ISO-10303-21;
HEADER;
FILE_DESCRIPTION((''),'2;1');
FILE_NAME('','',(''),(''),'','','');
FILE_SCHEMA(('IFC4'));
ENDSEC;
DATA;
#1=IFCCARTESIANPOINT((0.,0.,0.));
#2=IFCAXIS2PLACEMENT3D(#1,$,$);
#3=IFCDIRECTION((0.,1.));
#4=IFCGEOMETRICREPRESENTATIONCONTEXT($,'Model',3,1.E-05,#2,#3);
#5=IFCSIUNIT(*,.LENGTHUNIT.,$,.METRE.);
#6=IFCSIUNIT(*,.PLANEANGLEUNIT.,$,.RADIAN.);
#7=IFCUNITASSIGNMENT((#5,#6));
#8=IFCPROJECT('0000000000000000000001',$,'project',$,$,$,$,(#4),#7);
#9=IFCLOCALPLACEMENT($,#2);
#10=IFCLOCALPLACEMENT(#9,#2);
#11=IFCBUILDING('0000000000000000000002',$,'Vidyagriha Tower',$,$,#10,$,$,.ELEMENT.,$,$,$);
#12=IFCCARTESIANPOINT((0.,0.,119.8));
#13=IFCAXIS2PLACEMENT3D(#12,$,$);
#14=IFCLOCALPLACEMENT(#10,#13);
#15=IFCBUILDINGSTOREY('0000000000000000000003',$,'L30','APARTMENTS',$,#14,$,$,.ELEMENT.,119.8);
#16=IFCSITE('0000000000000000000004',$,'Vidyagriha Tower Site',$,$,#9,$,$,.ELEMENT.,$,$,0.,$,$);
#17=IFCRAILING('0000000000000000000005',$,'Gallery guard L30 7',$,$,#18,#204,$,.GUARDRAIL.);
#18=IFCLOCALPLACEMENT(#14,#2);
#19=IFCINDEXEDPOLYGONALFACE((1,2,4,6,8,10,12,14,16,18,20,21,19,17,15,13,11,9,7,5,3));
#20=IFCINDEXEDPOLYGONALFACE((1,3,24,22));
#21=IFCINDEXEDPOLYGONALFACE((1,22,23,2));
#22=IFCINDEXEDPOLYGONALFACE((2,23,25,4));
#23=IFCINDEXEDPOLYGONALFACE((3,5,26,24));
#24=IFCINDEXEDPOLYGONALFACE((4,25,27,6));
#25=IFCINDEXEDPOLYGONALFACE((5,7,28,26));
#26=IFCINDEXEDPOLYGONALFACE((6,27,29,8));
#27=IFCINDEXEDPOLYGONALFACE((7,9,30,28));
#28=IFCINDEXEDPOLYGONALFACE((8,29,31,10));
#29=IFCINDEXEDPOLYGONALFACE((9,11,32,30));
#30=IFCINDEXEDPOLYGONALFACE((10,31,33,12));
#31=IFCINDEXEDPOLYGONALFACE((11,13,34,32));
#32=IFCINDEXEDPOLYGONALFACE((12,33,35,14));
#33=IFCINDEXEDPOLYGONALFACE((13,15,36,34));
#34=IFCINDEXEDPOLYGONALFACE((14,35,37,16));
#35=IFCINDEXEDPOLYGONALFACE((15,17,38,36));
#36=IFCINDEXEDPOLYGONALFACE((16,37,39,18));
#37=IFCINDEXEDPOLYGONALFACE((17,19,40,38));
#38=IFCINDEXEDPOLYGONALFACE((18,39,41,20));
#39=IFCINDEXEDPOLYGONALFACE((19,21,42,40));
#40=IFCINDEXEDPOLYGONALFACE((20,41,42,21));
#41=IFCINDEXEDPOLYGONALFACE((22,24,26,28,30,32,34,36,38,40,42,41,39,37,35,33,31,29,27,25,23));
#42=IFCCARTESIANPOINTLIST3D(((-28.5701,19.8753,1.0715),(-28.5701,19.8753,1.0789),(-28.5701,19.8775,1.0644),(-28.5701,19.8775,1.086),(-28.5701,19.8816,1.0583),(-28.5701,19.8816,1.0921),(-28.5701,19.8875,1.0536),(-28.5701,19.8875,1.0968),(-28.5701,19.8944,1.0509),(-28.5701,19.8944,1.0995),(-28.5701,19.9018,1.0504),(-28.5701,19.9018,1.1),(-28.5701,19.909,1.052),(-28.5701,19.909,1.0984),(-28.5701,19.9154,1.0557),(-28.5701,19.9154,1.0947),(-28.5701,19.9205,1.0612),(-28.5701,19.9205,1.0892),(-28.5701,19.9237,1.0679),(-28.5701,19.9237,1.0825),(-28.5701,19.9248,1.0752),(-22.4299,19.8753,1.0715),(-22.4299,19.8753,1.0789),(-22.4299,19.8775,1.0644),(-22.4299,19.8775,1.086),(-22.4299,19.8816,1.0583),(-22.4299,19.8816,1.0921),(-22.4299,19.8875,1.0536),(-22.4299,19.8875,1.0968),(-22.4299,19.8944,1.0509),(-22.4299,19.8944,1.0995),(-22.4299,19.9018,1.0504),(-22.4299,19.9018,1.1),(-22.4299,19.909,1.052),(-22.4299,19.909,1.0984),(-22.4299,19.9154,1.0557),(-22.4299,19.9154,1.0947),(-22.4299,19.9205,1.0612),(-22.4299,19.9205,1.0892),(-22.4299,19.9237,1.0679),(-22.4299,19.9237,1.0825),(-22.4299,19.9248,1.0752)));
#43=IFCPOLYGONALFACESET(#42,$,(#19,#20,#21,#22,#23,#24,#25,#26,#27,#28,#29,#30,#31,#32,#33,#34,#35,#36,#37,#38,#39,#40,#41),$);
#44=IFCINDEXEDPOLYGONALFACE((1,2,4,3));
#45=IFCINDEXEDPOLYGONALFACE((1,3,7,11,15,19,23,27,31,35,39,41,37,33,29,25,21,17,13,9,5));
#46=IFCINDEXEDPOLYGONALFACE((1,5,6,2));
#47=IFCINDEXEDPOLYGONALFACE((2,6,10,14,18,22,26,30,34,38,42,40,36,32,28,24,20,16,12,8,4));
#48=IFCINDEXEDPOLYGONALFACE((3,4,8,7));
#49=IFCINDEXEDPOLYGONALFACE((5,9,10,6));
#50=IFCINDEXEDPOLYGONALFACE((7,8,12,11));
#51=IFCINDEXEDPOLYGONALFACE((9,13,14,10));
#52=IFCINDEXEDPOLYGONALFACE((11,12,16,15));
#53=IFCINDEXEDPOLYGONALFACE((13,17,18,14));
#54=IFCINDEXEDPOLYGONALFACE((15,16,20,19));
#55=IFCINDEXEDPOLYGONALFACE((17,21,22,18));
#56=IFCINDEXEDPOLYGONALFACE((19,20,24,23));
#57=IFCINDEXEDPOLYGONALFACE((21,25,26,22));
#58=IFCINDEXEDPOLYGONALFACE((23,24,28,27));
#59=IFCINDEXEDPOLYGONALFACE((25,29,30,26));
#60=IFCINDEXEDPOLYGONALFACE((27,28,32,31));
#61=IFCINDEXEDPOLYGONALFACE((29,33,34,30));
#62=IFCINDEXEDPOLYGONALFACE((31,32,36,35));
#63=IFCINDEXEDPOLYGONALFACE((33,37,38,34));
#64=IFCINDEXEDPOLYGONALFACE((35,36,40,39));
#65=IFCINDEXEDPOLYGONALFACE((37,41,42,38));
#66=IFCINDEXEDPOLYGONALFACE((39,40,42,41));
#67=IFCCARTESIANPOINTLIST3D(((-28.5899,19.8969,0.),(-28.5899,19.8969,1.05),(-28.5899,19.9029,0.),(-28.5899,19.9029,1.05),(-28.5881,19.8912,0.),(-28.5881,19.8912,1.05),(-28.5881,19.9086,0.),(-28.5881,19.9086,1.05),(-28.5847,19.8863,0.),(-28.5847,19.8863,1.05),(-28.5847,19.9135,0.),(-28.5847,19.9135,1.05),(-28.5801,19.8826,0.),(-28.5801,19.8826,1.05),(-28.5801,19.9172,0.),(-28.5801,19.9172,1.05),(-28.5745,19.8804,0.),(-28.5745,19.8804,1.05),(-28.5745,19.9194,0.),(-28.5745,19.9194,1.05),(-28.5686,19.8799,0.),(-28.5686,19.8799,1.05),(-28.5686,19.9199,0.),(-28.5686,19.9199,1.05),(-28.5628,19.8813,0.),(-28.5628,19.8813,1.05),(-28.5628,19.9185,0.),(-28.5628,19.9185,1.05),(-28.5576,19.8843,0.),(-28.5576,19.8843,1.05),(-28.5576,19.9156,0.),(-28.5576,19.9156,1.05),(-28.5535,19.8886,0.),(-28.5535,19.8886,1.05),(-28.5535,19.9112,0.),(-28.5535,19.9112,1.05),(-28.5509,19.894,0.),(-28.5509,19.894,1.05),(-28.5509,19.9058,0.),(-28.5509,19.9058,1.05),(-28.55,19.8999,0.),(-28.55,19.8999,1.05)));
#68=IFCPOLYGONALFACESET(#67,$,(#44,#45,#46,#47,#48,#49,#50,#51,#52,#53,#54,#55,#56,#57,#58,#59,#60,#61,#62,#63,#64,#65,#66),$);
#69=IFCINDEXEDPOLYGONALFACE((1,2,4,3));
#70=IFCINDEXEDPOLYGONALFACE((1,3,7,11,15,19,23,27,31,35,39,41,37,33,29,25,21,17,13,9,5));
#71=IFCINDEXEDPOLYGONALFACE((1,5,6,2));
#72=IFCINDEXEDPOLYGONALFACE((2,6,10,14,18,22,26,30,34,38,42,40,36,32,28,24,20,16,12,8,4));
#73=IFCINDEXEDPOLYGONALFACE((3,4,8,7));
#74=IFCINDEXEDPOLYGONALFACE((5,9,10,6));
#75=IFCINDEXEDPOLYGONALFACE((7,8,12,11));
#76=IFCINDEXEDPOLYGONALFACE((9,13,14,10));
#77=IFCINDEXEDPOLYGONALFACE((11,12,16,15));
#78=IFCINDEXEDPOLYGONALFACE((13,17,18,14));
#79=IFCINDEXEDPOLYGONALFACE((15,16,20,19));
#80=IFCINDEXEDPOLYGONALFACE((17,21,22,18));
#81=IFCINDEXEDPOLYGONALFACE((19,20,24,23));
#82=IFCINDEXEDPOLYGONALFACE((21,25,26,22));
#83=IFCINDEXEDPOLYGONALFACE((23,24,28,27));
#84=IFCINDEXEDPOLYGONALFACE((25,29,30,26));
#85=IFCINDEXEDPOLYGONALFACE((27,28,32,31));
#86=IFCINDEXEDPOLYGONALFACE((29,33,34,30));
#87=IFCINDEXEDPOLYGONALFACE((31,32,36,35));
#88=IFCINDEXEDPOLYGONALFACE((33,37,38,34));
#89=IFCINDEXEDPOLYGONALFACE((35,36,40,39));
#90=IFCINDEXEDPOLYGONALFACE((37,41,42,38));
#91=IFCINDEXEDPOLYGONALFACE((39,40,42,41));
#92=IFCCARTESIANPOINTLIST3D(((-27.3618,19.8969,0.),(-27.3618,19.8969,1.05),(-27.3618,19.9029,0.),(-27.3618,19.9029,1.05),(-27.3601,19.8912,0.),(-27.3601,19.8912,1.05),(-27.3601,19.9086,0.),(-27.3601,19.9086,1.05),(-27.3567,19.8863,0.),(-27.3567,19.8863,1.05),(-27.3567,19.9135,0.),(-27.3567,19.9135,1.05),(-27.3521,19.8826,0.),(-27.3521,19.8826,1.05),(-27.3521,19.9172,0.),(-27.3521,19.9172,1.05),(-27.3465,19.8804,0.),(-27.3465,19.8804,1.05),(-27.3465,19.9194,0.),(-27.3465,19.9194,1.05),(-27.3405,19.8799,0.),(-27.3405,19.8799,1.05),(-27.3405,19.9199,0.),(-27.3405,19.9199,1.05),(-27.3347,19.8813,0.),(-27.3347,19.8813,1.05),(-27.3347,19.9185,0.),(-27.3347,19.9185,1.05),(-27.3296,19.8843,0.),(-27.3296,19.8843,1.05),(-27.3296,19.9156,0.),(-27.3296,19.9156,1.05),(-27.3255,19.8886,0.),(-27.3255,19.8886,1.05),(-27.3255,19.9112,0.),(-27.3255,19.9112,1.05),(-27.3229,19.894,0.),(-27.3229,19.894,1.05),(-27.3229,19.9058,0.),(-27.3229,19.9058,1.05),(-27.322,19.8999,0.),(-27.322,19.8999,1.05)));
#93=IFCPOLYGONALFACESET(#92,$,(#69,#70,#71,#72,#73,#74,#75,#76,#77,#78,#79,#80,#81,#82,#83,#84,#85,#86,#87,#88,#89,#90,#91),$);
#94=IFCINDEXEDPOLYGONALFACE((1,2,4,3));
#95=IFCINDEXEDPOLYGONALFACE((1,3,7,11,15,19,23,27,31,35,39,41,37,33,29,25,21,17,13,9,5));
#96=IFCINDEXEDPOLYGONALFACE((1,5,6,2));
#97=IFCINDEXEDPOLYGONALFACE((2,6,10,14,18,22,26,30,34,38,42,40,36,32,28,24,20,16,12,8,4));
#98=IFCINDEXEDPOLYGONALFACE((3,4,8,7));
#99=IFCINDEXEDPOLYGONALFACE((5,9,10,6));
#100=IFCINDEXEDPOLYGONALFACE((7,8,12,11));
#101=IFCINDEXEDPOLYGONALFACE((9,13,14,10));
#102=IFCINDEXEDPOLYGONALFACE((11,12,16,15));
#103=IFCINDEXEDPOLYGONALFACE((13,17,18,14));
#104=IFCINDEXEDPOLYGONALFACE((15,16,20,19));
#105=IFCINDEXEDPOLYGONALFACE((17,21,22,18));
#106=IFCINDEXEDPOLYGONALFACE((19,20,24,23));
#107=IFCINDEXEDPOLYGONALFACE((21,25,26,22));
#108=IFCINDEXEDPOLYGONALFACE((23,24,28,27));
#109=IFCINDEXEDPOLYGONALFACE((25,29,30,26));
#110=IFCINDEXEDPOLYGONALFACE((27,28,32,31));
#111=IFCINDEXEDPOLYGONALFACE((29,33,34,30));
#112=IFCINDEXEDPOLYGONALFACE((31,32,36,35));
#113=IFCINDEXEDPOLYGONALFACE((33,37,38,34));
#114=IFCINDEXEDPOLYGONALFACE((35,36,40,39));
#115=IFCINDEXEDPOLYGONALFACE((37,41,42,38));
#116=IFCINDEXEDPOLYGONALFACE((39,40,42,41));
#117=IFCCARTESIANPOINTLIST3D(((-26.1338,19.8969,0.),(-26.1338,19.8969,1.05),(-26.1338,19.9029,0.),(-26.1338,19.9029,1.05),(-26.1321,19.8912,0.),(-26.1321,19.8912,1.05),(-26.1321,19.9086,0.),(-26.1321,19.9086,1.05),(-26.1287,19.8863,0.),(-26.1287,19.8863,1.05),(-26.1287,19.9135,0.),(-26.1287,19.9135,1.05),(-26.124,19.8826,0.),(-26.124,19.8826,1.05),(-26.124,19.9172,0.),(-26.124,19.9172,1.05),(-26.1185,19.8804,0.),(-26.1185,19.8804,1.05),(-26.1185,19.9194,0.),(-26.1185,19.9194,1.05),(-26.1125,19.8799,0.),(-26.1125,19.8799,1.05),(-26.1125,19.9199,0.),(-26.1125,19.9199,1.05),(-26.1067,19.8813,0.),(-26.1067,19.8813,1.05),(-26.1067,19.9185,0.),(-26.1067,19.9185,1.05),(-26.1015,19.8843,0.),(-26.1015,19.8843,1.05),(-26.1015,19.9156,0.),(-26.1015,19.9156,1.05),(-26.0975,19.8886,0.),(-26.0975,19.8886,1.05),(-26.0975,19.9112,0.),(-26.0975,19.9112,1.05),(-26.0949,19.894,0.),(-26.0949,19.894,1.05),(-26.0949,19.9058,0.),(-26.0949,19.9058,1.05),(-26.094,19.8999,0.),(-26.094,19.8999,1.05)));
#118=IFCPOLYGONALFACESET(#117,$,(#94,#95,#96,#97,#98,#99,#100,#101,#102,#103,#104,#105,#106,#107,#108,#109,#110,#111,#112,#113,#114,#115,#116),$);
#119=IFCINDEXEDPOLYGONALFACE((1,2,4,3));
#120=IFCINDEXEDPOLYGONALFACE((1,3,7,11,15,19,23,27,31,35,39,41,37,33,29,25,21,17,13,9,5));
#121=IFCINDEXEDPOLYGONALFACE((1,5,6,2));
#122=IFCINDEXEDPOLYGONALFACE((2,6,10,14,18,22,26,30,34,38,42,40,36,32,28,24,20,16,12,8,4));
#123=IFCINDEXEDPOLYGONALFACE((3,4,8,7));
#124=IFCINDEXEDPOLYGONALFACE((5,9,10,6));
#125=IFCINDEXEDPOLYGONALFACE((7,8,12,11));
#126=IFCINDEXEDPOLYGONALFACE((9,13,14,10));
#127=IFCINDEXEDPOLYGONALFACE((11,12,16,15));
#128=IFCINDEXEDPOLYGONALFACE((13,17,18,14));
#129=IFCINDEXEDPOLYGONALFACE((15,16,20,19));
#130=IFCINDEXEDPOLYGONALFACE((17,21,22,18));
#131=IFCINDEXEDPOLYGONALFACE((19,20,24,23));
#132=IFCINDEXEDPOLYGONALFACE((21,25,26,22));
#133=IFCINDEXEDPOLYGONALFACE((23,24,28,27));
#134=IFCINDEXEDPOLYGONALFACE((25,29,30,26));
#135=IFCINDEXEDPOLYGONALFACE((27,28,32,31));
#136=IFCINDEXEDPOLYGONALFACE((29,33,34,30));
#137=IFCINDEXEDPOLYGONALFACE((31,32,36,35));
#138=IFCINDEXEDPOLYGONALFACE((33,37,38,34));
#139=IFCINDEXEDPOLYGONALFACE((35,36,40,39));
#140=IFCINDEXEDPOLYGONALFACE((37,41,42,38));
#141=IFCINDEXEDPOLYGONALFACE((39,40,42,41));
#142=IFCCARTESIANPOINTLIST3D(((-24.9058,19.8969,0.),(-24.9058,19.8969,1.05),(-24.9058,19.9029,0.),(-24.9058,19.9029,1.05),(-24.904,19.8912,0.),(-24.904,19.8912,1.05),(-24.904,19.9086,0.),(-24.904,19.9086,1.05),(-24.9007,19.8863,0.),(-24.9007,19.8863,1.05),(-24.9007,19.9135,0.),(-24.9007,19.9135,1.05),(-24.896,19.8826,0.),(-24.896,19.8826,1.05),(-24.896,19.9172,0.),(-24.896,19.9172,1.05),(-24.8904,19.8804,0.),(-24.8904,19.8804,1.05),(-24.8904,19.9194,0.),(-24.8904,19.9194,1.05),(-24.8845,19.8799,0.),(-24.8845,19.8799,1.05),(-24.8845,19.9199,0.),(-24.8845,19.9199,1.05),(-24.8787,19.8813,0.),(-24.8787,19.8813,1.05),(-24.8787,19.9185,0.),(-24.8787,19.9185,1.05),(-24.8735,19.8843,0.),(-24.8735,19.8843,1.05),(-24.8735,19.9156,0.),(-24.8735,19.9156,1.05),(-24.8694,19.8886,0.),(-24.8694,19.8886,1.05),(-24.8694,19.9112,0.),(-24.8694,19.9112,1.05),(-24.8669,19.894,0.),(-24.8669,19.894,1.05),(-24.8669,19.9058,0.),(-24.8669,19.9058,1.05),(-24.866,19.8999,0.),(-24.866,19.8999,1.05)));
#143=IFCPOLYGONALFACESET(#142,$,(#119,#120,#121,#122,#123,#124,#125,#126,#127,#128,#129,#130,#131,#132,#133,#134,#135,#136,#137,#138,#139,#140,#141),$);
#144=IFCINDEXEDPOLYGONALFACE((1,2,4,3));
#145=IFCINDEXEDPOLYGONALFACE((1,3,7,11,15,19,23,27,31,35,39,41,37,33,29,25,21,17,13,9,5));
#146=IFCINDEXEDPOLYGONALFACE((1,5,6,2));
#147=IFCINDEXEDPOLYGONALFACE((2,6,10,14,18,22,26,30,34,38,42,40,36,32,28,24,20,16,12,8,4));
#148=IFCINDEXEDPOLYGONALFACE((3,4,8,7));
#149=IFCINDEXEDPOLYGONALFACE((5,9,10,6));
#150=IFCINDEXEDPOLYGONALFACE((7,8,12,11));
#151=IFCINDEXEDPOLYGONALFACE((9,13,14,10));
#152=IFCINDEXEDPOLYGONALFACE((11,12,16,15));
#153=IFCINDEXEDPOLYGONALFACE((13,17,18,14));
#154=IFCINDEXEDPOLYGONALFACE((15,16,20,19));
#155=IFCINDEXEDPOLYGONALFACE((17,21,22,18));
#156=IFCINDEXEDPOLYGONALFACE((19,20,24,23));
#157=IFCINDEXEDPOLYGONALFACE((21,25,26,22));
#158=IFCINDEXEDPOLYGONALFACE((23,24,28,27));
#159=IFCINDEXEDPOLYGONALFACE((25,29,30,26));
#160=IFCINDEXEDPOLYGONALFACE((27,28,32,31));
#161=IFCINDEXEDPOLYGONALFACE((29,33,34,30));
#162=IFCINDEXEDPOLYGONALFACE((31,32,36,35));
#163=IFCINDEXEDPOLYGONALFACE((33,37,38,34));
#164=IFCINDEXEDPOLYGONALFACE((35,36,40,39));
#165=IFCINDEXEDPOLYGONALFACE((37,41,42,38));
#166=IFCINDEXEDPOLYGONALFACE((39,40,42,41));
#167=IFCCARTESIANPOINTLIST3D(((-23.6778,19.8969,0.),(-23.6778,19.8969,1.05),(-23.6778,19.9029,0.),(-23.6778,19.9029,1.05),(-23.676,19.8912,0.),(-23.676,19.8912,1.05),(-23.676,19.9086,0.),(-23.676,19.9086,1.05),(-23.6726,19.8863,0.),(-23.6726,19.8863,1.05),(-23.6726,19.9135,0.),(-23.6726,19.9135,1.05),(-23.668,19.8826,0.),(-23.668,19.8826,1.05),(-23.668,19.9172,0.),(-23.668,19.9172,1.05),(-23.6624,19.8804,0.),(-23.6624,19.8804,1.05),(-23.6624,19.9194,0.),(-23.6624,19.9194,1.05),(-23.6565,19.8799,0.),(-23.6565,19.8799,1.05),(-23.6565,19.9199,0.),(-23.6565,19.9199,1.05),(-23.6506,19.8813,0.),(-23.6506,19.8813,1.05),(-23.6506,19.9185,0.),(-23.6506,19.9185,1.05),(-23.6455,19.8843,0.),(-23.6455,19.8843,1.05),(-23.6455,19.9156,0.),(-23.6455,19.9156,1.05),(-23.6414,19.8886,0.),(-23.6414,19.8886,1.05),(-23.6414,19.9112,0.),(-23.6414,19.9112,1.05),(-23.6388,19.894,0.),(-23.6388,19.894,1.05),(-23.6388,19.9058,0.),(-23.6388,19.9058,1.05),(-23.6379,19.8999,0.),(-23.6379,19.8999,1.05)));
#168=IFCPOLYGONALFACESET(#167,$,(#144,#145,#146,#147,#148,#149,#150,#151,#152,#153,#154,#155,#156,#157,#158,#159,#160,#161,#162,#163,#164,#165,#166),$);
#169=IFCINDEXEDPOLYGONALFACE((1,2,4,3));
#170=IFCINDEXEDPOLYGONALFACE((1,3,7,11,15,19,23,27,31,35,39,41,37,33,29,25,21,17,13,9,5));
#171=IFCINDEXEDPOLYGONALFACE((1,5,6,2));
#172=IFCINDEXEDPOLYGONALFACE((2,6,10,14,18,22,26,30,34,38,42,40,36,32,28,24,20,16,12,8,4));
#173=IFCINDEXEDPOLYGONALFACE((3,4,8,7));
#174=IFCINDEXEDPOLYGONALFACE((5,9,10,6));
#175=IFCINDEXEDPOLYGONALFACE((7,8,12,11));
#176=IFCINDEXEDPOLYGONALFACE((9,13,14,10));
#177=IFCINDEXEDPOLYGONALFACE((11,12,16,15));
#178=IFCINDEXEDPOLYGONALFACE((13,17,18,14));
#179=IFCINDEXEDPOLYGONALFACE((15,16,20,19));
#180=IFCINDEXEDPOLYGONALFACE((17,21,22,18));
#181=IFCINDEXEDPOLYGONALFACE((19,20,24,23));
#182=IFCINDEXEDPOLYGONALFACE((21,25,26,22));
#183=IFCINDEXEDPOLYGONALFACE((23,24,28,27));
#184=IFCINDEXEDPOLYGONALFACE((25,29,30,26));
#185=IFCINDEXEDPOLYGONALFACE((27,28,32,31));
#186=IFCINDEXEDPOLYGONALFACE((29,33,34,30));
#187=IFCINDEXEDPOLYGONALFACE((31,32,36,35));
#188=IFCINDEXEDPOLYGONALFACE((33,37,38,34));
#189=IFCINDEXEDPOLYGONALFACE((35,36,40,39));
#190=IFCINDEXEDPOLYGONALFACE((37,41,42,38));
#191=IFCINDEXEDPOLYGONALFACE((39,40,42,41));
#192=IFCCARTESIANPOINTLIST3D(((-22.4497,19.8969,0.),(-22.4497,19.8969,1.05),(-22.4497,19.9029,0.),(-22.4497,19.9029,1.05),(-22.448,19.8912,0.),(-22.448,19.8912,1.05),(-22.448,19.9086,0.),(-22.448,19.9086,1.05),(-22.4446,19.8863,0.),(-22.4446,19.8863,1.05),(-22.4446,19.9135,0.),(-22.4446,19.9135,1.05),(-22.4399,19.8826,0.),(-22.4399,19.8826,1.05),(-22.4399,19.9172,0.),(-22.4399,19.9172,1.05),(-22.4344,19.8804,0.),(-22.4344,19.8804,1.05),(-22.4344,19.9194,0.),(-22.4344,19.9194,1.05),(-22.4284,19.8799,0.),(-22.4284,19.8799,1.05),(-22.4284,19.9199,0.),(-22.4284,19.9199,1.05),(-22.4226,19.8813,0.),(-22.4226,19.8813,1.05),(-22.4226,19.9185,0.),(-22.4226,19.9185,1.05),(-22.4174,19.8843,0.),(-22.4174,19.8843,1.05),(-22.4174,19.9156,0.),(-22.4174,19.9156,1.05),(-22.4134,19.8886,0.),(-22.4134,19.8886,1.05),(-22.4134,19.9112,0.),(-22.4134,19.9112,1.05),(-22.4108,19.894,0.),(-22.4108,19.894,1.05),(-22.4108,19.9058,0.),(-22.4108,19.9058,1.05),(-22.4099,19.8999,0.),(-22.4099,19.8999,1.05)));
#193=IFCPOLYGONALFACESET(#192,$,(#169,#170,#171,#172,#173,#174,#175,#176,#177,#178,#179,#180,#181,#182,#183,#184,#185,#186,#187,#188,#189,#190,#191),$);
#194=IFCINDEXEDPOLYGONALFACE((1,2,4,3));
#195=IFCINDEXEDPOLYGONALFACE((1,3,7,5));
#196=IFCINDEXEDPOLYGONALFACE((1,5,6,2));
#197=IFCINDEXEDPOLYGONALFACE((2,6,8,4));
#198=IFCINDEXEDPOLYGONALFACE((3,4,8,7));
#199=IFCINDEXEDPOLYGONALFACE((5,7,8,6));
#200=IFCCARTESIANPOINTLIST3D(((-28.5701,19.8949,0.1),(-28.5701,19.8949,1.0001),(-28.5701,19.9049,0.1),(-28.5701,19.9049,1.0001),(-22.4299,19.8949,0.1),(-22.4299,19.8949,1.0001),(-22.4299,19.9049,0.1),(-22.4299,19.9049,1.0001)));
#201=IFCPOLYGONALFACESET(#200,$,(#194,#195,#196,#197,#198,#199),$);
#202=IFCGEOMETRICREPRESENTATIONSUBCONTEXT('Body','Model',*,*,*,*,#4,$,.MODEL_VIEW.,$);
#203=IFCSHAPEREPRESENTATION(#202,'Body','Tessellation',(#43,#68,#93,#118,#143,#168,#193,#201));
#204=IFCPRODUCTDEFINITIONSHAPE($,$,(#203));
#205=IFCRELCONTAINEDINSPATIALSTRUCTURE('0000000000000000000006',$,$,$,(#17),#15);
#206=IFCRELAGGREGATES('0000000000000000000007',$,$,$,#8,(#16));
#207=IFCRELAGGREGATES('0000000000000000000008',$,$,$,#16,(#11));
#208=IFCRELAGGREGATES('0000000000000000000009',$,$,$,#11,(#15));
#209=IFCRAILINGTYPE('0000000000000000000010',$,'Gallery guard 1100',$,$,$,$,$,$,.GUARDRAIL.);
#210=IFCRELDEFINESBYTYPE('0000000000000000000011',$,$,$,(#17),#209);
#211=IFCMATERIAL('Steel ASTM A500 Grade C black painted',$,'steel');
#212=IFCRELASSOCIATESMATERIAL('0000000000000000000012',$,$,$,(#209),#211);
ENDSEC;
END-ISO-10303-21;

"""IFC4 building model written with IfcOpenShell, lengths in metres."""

from ifc_helpers import new_model, si_unit, direction, frame, origin, origin_2d, place, context, subcontext, project, spatial, rectangle, circle, extrude, material, type_object, element, save


model = new_model("IFC4")

# Units and contexts
model_context = context("Model", 3, precision=1e-05, world=origin(), true_north=direction((0.0, 1.0)))
body_context = subcontext(model_context, "Body", "Model", "MODEL_VIEW")
ifc_project = project(units=[si_unit("LENGTHUNIT", "METRE"), si_unit("PLANEANGLEUNIT", "RADIAN")], contexts=[model_context])

# Site, building, storey
site_placement = place(None, origin())
site = spatial("IfcSite", under=ifc_project, at=site_placement, Name="Vidyagriha Tower Site", CompositionType="ELEMENT", RefElevation=0.0)
building_placement = place(site_placement, origin())
building = spatial("IfcBuilding", under=site, at=building_placement, Name="Vidyagriha Tower", CompositionType="ELEMENT")
storey_placement = place(building_placement, frame((0.0, 0.0, 119.8)))
storey = spatial("IfcBuildingStorey", under=building, at=storey_placement, Name="L30", Description="APARTMENTS", CompositionType="ELEMENT", Elevation=119.8)

# Railing
ifc_material_1 = material(Name="Steel ASTM A500 Grade C black painted", Category="steel")
railing_type = type_object("IfcRailingType", Name="Gallery guard 1100", PredefinedType="GUARDRAIL", material=ifc_material_1)
railing_1_placement = place(storey_placement, frame((-28.5701, 19.8999, 0.0)))
element("IfcRailing", 1, at=railing_1_placement, inside=storey, type_object=railing_type, Name="Gallery guard L30 7", PredefinedType="GUARDRAIL", context=body_context, shape_type="SweptSolid", body=[
    extrude(circle(Radius=0.0249, at=origin_2d()), frame((0.0, 0.0, 1.0752), z_axis=(1.0, 0.0, 0.0), x_axis=(0.0, 1.0, 0.0)), (0.0, 0.0, 1.0), 6.1401),
    extrude(circle(Radius=0.02, at=origin_2d()), origin(), (0.0, 0.0, 1.0), 1.05),
    extrude(circle(Radius=0.02, at=origin_2d()), frame((1.228, 0.0, 0.0)), (0.0, 0.0, 1.0), 1.05),
    extrude(circle(Radius=0.02, at=origin_2d()), frame((2.4561, 0.0, 0.0)), (0.0, 0.0, 1.0), 1.05),
    extrude(circle(Radius=0.02, at=origin_2d()), frame((3.6841, 0.0, 0.0)), (0.0, 0.0, 1.0), 1.05),
    extrude(circle(Radius=0.02, at=origin_2d()), frame((4.9121, 0.0, 0.0)), (0.0, 0.0, 1.0), 1.05),
    extrude(circle(Radius=0.02, at=origin_2d()), frame((6.1401, 0.0, 0.0)), (0.0, 0.0, 1.0), 1.05),
    extrude(rectangle(XDim=0.01, YDim=0.9001, at=origin_2d()), frame((0.0, 0.0, 0.55), z_axis=(1.0, 0.0, 0.0), x_axis=(0.0, 1.0, 0.0)), (0.0, 0.0, 1.0), 6.1401),
])

save(model, "model.ifc")
